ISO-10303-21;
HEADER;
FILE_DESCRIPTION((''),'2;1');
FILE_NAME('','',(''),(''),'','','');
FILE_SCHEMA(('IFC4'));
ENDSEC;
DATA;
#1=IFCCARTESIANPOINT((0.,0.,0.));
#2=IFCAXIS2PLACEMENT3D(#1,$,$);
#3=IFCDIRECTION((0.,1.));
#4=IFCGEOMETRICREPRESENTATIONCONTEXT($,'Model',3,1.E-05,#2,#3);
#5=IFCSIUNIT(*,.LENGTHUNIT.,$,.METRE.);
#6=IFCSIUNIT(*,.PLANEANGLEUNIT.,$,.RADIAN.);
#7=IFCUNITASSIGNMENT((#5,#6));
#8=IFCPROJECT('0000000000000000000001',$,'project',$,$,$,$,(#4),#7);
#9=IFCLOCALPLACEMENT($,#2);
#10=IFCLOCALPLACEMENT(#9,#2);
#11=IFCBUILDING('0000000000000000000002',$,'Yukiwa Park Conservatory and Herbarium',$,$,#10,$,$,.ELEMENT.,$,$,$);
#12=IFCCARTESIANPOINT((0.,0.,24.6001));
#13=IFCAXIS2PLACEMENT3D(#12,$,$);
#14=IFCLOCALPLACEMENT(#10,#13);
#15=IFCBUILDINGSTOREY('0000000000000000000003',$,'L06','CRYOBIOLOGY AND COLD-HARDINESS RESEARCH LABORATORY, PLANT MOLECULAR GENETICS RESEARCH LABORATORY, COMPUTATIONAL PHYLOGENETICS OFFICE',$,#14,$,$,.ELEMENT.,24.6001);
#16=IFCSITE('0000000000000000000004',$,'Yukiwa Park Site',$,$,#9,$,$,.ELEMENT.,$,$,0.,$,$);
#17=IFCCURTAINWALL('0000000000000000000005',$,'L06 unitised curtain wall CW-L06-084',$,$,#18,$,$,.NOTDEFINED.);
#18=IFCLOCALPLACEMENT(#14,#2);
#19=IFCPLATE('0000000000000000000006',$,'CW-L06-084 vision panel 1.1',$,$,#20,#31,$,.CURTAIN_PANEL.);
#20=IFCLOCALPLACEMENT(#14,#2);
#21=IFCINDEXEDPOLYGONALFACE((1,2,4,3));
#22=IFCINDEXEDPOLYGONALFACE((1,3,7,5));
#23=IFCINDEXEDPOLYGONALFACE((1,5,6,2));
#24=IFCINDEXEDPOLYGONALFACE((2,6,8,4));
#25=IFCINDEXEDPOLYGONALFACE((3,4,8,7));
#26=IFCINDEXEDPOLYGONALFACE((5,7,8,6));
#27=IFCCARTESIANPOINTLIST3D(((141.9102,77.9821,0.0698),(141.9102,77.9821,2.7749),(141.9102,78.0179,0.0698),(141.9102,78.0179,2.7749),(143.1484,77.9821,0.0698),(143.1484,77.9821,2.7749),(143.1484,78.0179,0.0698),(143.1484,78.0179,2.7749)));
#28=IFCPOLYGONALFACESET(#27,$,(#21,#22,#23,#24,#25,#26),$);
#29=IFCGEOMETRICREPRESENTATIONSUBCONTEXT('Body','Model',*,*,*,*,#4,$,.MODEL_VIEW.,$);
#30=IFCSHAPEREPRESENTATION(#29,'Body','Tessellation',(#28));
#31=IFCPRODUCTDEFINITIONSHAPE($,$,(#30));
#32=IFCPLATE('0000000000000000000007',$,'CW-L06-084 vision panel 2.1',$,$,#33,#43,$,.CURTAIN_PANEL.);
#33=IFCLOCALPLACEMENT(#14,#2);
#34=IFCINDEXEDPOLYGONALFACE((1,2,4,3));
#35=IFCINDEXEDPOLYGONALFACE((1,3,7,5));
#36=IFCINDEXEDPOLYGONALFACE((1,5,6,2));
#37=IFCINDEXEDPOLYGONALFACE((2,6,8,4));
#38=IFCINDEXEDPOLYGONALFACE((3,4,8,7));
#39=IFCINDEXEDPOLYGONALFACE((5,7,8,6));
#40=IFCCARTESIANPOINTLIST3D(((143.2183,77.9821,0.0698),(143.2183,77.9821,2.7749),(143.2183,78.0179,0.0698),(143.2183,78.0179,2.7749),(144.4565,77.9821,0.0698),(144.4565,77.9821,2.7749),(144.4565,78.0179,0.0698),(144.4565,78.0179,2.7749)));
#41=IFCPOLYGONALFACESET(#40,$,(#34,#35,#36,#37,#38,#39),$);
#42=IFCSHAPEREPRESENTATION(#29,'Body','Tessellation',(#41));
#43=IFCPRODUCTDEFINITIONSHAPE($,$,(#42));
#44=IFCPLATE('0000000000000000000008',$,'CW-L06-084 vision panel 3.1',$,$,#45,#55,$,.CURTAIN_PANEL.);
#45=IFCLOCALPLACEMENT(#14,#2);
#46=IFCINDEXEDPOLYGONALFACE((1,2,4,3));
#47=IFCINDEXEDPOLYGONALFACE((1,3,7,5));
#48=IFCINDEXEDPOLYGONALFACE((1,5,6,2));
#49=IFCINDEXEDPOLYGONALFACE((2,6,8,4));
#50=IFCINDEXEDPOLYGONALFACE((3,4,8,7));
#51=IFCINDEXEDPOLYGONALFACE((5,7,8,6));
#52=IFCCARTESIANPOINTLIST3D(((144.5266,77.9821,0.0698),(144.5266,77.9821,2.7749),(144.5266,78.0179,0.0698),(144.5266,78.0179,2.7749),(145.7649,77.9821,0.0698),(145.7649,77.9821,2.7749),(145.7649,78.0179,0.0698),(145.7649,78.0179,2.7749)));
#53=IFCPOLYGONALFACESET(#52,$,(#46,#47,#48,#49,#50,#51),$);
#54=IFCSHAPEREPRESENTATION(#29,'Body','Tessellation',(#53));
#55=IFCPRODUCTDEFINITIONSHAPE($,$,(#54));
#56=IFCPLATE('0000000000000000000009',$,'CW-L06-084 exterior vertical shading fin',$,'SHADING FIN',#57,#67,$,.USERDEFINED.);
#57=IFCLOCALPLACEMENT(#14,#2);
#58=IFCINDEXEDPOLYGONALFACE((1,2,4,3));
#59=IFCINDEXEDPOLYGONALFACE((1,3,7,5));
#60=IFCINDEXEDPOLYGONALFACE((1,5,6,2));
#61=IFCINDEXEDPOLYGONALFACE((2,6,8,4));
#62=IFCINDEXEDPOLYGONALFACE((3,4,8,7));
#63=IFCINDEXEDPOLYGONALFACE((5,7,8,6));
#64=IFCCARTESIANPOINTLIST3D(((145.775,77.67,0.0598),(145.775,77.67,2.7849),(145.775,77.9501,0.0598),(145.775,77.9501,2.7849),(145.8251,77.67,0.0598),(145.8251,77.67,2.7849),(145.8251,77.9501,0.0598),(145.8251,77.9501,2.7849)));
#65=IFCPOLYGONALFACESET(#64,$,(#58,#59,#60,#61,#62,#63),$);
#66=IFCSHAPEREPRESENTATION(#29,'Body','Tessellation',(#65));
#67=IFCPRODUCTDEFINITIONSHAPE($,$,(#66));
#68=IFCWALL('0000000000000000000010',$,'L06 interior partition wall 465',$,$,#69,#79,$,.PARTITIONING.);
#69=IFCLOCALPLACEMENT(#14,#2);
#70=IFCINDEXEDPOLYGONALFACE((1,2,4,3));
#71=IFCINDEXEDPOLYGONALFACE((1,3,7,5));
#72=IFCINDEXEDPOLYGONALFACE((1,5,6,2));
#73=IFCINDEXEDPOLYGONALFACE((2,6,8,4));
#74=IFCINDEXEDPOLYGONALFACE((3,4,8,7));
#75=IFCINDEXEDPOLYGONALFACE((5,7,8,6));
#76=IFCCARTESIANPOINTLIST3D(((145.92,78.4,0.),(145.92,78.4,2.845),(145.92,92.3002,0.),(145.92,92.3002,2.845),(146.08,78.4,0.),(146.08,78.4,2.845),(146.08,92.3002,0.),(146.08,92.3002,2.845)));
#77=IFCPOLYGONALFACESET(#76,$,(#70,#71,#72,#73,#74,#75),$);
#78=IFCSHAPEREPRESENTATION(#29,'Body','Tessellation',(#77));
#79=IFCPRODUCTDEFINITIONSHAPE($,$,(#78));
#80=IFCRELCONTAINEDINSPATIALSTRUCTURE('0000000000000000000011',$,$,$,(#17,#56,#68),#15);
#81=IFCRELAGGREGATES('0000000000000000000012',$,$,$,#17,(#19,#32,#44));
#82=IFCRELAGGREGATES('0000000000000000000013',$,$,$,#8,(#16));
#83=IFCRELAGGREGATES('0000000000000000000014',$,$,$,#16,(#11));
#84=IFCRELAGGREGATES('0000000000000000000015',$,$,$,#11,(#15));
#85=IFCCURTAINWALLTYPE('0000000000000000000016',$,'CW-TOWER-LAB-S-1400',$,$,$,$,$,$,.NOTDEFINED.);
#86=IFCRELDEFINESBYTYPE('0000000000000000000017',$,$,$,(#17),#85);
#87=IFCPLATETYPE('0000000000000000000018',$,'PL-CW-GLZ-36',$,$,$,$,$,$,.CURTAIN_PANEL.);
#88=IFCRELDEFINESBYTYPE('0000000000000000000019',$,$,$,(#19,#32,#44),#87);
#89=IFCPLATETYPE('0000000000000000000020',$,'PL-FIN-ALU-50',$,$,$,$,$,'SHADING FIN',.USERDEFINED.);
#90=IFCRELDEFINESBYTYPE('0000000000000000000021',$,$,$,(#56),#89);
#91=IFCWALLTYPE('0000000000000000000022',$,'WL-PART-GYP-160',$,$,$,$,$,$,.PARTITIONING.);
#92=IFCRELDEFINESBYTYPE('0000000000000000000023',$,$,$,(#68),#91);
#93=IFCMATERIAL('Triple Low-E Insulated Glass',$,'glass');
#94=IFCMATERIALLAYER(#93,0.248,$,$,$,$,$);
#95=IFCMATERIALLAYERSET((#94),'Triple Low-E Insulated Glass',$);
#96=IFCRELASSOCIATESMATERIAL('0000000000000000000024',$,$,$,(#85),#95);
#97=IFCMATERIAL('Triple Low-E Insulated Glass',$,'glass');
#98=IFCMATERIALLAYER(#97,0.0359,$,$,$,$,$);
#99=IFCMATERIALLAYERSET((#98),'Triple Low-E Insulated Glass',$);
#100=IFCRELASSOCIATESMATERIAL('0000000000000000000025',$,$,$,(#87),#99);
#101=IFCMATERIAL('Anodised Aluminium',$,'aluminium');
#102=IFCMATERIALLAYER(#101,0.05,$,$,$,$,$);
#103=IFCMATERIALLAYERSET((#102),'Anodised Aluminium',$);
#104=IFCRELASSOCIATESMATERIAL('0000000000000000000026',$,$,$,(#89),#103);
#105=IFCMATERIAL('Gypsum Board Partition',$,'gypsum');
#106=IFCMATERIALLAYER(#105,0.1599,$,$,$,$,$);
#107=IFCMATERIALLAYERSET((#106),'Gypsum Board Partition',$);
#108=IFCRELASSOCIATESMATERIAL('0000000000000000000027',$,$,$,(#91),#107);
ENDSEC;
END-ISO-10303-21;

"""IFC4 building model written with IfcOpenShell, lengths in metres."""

from ifc_helpers import new_model, si_unit, direction, frame, frame_2d, origin, origin_2d, place, context, subcontext, project, spatial, rectangle, extrude, material, layer, layer_set, type_object, element, aggregate, save


model = new_model("IFC4")

# Units and contexts
model_context = context("Model", 3, precision=1e-05, world=origin(), true_north=direction((0.0, 1.0)))
body_context = subcontext(model_context, "Body", "Model", "MODEL_VIEW")
ifc_project = project(units=[si_unit("LENGTHUNIT", "METRE"), si_unit("PLANEANGLEUNIT", "RADIAN")], contexts=[model_context])

# Site, building, storey
site_placement = place(None, origin())
site = spatial("IfcSite", under=ifc_project, at=site_placement, Name="Yukiwa Park Site", CompositionType="ELEMENT", RefElevation=0.0)
building_placement = place(site_placement, origin())
building = spatial("IfcBuilding", under=site, at=building_placement, Name="Yukiwa Park Conservatory and Herbarium", CompositionType="ELEMENT")
storey_placement = place(building_placement, frame((0.0, 0.0, 24.6001)))
storey = spatial("IfcBuildingStorey", under=building, at=storey_placement, Name="L06", Description="CRYOBIOLOGY AND COLD-HARDINESS RESEARCH LABORATORY, PLANT MOLECULAR GENETICS RESEARCH LABORATORY, COMPUTATIONAL PHYLOGENETICS OFFICE", CompositionType="ELEMENT", Elevation=24.6001)

# Shared definitions
ifc_material_1 = material(Name="Triple Low-E Insulated Glass", Category="glass")
ifc_layer_1 = layer(ifc_material_1, 0.248)
ifc_layer_set_1 = layer_set([ifc_layer_1], Name="Triple Low-E Insulated Glass")
curtain_wall_type = type_object("IfcCurtainWallType", Name="CW-TOWER-LAB-S-1400", PredefinedType="NOTDEFINED", material=ifc_layer_set_1)

# Curtain wall
curtain_wall_1_placement = place(storey_placement, origin())
curtain_wall_1 = element("IfcCurtainWall", 1, at=curtain_wall_1_placement, inside=storey, type_object=curtain_wall_type, Name="L06 unitised curtain wall CW-L06-084", PredefinedType="NOTDEFINED")

# Plates
ifc_material_2 = material(Name="Triple Low-E Insulated Glass", Category="glass")
ifc_layer_2 = layer(ifc_material_2, 0.0359)
ifc_layer_set_2 = layer_set([ifc_layer_2], Name="Triple Low-E Insulated Glass")
plate_type_1 = type_object("IfcPlateType", Name="PL-CW-GLZ-36", PredefinedType="CURTAIN_PANEL", material=ifc_layer_set_2)
plate_1_placement = place(storey_placement, frame((142.5293, 78.0, 0.0698), z_axis=(0.0, 0.0, 1.0), x_axis=(1.0, 0.0, 0.0)))
plate_1 = element("IfcPlate", 2, at=plate_1_placement, type_object=plate_type_1, Name="CW-L06-084 vision panel 1.1", PredefinedType="CURTAIN_PANEL", context=body_context, shape_type="SweptSolid", body=[
    extrude(rectangle(XDim=1.2383, YDim=0.0359, at=origin_2d()), origin(), (0.0, 0.0, 1.0), 2.7051),
])
plate_2_placement = place(storey_placement, frame((143.8374, 78.0, 0.0698), z_axis=(0.0, 0.0, 1.0), x_axis=(1.0, 0.0, 0.0)))
plate_2 = element("IfcPlate", 3, at=plate_2_placement, type_object=plate_type_1, Name="CW-L06-084 vision panel 2.1", PredefinedType="CURTAIN_PANEL", context=body_context, shape_type="SweptSolid", body=[
    extrude(rectangle(XDim=1.2383, YDim=0.0359, at=origin_2d()), origin(), (0.0, 0.0, 1.0), 2.7051),
])
plate_3_placement = place(storey_placement, frame((145.1458, 78.0, 0.0698), z_axis=(0.0, 0.0, 1.0), x_axis=(1.0, 0.0, 0.0)))
plate_3 = element("IfcPlate", 4, at=plate_3_placement, type_object=plate_type_1, Name="CW-L06-084 vision panel 3.1", PredefinedType="CURTAIN_PANEL", context=body_context, shape_type="SweptSolid", body=[
    extrude(rectangle(XDim=1.2383, YDim=0.0359, at=origin_2d()), origin(), (0.0, 0.0, 1.0), 2.7051),
])
aggregate(curtain_wall_1, [plate_1, plate_2, plate_3])
ifc_material_3 = material(Name="Anodised Aluminium", Category="aluminium")
ifc_layer_3 = layer(ifc_material_3, 0.05)
ifc_layer_set_3 = layer_set([ifc_layer_3], Name="Anodised Aluminium")
plate_type_2 = type_object("IfcPlateType", Name="PL-FIN-ALU-50", ElementType="SHADING FIN", PredefinedType="USERDEFINED", material=ifc_layer_set_3)
plate_4_placement = place(storey_placement, frame((145.8, 77.8101, 0.0598), z_axis=(0.0, 0.0, 1.0), x_axis=(1.0, 0.0, 0.0)))
element("IfcPlate", 5, at=plate_4_placement, inside=storey, type_object=plate_type_2, Name="CW-L06-084 exterior vertical shading fin", ObjectType="SHADING FIN", PredefinedType="USERDEFINED", context=body_context, shape_type="SweptSolid", body=[
    extrude(rectangle(XDim=0.05, YDim=0.28, at=origin_2d()), origin(), (0.0, 0.0, 1.0), 2.7251),
])

# Wall
ifc_material_4 = material(Name="Gypsum Board Partition", Category="gypsum")
ifc_layer_4 = layer(ifc_material_4, 0.1599)
ifc_layer_set_4 = layer_set([ifc_layer_4], Name="Gypsum Board Partition")
wall_type = type_object("IfcWallType", Name="WL-PART-GYP-160", PredefinedType="PARTITIONING", material=ifc_layer_set_4)
wall_placement = place(storey_placement, frame((146.0, 78.3999, 0.0), z_axis=(0.0, 0.0, 1.0), x_axis=(0.0, 1.0, 0.0)))
element("IfcWall", 6, at=wall_placement, inside=storey, type_object=wall_type, Name="L06 interior partition wall 465", PredefinedType="PARTITIONING", context=body_context, shape_type="SweptSolid", body=[
    extrude(rectangle(XDim=13.9001, YDim=0.1599, at=frame_2d((6.9502, 0.0))), origin(), (0.0, 0.0, 1.0), 2.845),
])

save(model, "model.ifc")
